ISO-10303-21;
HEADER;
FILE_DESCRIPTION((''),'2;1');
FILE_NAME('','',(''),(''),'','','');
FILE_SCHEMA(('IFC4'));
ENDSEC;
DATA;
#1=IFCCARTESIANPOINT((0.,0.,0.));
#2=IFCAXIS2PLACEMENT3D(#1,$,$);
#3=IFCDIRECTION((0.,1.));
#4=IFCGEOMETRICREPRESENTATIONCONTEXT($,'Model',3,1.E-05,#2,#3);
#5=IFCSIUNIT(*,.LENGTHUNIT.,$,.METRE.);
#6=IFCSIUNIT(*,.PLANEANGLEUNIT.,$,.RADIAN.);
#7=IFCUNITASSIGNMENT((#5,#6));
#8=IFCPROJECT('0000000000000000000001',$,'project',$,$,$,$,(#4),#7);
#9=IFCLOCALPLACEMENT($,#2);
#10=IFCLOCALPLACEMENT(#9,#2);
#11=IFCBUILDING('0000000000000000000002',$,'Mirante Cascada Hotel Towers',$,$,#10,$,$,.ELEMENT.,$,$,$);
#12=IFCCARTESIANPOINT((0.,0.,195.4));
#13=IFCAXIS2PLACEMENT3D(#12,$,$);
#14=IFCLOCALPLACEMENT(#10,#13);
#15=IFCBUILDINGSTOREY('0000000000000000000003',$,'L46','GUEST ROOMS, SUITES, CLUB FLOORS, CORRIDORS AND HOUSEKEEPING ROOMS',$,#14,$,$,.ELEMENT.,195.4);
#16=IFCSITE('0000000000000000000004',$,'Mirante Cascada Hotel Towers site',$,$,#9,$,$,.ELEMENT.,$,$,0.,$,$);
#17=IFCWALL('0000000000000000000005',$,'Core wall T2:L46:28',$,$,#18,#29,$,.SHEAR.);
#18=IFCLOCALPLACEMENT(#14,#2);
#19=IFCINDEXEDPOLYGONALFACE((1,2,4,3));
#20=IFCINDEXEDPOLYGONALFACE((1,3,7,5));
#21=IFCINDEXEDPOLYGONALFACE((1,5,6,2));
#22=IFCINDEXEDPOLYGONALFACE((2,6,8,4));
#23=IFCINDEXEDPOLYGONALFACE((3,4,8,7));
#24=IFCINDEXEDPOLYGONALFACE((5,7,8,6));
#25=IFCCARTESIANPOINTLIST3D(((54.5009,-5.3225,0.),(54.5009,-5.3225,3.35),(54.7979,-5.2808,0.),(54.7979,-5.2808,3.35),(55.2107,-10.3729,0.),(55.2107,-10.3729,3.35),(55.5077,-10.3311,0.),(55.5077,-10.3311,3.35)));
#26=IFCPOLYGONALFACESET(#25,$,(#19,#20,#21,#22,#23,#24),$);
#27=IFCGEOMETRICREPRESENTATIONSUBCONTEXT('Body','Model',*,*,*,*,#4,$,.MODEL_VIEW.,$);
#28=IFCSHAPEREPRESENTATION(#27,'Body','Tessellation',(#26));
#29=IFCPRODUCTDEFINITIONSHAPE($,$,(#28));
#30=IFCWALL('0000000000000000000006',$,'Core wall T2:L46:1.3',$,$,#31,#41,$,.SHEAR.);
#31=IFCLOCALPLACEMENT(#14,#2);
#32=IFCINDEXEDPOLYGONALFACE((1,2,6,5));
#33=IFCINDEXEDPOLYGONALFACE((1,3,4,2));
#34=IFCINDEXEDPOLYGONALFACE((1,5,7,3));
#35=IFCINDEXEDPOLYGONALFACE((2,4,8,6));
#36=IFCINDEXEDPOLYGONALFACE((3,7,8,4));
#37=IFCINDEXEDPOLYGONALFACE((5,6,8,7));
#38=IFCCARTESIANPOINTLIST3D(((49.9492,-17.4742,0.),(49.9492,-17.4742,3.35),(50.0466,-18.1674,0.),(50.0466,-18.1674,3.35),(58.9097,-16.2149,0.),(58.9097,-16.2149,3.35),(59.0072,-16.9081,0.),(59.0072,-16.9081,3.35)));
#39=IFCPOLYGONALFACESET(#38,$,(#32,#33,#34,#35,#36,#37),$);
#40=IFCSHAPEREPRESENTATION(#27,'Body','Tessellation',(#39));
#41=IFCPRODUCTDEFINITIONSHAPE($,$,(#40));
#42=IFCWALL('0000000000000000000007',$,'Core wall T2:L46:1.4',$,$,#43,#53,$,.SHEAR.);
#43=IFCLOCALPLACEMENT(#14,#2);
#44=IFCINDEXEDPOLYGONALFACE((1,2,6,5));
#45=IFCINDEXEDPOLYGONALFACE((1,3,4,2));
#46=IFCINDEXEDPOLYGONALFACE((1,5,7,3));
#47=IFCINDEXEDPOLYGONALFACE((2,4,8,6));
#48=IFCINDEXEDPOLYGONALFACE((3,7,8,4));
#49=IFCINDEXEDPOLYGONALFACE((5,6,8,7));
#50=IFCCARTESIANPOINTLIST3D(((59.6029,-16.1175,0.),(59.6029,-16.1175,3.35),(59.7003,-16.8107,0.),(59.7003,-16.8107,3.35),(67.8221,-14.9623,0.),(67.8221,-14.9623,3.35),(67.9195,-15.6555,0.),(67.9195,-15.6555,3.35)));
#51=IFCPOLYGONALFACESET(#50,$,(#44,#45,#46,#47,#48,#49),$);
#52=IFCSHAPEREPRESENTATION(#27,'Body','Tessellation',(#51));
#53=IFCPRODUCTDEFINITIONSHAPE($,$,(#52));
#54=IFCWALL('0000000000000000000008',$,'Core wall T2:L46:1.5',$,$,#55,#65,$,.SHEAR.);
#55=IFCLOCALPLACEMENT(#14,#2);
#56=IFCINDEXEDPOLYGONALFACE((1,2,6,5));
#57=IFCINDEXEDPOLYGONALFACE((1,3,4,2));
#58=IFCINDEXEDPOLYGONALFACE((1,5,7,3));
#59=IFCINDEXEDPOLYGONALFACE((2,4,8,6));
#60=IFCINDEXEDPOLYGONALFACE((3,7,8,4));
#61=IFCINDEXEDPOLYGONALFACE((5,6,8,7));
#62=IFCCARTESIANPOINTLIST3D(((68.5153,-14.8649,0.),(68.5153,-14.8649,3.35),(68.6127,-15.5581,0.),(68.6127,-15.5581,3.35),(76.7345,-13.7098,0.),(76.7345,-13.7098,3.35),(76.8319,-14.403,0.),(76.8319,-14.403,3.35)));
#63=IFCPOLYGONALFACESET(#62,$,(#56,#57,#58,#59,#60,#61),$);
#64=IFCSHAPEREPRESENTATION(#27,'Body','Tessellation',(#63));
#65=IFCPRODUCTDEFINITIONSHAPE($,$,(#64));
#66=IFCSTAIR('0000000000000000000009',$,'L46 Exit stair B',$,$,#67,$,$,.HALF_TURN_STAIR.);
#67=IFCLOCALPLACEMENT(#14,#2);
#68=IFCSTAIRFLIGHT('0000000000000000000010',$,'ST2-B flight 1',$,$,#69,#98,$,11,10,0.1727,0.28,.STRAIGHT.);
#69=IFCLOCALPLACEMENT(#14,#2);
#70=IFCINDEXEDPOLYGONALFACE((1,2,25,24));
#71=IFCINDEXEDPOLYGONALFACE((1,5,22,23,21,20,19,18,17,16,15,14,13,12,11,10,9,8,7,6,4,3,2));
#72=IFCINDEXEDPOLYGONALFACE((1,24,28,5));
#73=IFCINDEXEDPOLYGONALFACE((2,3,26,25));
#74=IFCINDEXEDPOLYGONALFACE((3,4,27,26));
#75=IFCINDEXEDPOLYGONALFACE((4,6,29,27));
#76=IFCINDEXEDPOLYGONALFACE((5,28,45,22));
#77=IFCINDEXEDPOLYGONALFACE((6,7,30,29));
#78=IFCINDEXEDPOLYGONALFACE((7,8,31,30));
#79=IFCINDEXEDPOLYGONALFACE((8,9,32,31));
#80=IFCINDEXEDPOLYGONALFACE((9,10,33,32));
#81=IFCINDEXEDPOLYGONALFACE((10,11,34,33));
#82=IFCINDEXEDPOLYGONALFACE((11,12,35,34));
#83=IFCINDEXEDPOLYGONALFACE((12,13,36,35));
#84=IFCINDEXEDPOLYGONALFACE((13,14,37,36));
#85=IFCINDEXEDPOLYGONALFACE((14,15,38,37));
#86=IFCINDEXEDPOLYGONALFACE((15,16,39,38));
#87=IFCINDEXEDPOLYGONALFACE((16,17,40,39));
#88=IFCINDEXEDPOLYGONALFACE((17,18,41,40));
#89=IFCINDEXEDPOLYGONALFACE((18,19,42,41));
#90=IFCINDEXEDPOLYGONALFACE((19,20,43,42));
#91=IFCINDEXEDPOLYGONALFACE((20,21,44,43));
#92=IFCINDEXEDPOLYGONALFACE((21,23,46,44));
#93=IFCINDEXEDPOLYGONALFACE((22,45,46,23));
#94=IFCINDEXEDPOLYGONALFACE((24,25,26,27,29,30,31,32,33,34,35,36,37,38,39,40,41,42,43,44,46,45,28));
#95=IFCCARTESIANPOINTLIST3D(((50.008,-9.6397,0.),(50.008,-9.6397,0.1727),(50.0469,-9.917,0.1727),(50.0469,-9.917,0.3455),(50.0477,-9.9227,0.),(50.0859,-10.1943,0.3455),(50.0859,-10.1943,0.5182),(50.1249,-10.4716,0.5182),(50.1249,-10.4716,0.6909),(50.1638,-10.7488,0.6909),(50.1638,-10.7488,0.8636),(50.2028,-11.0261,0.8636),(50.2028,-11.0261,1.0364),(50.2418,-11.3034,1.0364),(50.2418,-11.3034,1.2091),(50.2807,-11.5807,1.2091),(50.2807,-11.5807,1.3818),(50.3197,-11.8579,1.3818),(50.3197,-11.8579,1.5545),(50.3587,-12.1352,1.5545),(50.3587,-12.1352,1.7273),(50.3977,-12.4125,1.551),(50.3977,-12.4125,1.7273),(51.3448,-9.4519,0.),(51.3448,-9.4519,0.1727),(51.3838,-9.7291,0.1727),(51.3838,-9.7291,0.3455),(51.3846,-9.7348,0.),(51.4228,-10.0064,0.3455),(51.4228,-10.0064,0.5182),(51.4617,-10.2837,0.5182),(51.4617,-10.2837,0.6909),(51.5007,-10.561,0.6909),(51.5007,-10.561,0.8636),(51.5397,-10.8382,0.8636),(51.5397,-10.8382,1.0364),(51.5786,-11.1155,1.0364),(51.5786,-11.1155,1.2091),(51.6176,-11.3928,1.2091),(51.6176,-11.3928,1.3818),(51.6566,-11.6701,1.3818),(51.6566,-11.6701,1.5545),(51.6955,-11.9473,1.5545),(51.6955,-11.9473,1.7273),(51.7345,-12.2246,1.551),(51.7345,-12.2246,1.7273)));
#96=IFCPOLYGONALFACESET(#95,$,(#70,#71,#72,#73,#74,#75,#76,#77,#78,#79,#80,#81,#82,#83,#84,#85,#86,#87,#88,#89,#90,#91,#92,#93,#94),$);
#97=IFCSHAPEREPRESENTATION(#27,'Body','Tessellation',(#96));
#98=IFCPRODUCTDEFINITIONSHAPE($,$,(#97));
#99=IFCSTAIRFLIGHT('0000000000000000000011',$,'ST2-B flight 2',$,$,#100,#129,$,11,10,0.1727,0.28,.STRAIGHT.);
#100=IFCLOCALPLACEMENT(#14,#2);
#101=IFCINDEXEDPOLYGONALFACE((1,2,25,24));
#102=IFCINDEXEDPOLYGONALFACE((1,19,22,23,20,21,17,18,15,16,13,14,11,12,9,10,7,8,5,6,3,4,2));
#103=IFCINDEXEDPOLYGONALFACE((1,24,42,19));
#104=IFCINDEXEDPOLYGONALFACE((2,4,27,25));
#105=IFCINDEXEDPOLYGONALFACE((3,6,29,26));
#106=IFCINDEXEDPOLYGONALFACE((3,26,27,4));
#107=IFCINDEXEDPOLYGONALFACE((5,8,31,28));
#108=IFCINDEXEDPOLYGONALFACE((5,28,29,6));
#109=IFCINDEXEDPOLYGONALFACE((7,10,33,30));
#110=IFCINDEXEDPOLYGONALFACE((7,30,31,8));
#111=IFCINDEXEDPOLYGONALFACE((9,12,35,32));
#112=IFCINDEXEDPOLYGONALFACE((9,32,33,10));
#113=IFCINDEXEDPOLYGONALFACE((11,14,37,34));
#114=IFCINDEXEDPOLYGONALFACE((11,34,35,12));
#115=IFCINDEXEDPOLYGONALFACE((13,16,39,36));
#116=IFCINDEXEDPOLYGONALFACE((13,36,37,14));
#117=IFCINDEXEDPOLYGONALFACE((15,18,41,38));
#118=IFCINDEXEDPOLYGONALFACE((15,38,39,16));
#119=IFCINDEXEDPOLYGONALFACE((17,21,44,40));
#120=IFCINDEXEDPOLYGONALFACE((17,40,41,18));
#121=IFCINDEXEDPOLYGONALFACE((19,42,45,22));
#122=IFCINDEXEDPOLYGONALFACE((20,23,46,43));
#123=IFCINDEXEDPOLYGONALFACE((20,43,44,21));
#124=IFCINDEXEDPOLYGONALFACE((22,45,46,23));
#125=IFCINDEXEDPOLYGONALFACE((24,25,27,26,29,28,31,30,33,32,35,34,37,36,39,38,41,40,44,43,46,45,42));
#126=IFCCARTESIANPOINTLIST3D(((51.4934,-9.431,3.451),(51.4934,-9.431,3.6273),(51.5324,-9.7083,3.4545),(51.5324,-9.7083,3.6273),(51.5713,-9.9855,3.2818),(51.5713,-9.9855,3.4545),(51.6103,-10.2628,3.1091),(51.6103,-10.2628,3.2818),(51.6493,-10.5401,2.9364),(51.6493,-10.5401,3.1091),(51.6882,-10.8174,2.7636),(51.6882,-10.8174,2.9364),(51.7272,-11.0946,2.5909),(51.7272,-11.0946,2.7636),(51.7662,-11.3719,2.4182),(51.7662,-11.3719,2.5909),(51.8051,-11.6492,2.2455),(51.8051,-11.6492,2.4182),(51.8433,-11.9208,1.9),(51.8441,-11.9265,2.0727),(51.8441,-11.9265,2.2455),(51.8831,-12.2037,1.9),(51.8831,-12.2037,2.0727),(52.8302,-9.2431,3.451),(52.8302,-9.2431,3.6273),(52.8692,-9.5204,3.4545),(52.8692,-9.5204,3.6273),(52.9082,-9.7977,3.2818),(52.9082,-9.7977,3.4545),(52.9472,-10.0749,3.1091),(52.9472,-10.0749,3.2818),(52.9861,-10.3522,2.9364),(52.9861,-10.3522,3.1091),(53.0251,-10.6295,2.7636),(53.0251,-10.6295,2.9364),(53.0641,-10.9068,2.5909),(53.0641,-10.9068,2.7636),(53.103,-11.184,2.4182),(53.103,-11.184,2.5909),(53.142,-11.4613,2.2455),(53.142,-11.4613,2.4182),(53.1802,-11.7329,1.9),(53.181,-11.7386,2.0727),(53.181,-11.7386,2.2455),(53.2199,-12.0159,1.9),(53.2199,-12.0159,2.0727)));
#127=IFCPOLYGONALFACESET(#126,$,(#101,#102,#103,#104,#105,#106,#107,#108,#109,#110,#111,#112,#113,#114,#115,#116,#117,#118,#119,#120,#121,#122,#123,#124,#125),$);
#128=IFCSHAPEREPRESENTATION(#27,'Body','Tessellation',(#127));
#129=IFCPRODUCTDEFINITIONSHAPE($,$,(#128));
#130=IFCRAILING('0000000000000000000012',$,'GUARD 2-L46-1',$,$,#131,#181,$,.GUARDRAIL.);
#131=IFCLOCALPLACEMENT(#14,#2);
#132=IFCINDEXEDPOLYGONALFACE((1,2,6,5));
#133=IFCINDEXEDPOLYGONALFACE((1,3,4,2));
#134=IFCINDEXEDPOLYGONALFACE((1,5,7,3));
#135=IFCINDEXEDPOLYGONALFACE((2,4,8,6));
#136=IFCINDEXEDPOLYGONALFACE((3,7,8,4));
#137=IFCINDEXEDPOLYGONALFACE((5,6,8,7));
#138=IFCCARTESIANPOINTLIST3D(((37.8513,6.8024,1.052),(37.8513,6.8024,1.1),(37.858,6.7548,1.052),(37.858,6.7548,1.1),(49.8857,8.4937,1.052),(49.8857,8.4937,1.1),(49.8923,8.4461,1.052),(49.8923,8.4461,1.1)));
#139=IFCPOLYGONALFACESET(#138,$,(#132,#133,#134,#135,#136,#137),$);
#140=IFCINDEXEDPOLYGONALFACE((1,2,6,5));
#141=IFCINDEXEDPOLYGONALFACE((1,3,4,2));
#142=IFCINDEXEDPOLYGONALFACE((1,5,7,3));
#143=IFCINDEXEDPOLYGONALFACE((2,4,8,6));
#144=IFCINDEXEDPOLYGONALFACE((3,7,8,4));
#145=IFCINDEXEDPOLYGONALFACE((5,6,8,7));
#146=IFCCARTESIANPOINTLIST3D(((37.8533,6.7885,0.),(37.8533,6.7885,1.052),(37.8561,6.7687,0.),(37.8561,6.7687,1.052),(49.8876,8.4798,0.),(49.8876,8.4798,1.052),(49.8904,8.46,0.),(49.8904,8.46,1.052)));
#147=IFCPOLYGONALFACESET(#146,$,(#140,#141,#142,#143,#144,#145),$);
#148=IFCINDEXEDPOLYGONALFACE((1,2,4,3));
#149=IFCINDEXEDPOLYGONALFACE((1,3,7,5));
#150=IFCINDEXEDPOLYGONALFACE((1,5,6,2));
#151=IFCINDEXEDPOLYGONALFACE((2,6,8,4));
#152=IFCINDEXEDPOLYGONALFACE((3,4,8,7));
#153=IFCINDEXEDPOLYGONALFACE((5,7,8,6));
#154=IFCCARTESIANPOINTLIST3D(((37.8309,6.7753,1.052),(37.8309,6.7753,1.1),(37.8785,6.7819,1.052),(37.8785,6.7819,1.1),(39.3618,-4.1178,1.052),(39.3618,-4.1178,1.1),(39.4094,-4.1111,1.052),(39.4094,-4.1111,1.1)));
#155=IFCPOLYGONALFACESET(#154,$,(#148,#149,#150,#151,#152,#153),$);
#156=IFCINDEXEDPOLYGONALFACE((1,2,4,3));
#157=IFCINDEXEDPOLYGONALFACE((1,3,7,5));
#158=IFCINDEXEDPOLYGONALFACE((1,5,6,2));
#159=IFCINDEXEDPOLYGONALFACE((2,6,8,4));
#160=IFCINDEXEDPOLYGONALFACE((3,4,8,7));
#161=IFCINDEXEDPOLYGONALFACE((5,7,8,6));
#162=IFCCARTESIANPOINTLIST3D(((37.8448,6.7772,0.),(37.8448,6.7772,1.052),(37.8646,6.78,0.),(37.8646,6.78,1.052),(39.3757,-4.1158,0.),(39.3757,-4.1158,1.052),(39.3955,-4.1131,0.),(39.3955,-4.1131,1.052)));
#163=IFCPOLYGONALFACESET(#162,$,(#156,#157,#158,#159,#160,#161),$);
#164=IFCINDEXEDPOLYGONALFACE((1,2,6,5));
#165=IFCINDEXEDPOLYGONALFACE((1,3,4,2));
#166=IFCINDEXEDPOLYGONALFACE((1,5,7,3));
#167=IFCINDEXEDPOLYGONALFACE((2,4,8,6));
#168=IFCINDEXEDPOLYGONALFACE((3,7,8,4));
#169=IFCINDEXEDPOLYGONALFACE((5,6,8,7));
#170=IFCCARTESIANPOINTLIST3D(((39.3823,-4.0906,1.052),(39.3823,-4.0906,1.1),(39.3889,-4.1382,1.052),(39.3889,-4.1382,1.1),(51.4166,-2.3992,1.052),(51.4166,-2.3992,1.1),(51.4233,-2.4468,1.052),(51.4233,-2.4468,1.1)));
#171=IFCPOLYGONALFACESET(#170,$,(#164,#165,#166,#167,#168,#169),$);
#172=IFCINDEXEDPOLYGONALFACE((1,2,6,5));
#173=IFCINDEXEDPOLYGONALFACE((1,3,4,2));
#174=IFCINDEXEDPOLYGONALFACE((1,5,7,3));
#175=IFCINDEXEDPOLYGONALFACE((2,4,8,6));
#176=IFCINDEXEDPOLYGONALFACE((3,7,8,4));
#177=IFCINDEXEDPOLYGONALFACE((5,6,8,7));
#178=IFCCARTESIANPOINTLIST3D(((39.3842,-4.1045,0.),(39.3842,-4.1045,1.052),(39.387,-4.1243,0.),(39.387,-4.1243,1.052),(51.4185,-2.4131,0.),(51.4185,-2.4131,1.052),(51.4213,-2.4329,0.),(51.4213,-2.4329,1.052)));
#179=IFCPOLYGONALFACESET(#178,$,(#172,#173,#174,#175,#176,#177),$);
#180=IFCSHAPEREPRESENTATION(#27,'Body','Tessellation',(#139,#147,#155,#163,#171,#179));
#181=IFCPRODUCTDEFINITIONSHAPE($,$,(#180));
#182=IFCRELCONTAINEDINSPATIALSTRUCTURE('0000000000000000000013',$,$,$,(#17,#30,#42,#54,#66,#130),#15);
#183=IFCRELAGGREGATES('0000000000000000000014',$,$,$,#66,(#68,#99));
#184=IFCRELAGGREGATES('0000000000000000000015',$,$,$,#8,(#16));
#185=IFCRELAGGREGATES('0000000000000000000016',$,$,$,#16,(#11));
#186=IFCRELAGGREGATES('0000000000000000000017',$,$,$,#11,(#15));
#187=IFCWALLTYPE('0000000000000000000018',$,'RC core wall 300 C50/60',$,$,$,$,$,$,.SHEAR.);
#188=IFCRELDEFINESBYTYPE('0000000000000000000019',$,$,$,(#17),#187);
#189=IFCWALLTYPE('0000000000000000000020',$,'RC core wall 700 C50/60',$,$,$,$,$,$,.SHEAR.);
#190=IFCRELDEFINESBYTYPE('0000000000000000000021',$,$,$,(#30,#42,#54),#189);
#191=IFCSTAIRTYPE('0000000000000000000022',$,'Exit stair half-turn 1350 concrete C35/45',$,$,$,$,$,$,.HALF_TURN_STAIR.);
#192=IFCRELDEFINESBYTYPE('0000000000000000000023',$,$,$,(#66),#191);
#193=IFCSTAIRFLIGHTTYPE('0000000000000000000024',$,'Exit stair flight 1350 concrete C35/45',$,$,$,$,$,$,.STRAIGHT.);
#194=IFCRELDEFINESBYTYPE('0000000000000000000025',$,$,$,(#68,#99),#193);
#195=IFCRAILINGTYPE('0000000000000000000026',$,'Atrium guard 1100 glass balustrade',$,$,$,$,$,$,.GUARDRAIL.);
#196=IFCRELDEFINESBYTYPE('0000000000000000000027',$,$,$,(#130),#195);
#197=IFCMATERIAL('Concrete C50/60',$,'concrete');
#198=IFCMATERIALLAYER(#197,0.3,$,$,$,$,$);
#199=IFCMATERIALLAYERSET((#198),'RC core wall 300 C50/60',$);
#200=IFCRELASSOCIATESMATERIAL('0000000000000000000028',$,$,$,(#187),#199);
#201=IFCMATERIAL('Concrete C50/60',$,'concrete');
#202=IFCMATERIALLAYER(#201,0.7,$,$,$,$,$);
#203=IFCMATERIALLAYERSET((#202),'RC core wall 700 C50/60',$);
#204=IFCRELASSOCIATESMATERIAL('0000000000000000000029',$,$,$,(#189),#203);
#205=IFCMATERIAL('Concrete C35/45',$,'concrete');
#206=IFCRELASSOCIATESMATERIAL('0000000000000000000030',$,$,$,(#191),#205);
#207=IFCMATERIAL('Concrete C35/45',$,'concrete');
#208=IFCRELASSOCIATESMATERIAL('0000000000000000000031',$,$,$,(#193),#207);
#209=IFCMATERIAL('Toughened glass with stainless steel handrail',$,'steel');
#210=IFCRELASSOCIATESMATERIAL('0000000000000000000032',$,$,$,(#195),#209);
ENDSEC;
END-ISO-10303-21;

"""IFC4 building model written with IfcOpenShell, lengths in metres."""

from ifc_helpers import new_model, si_unit, direction, frame, frame_2d, origin, origin_2d, place, context, subcontext, project, spatial, polyline, rectangle, outline, extrude, material, layer, layer_set, type_object, element, aggregate, save


model = new_model("IFC4")

# Units and contexts
model_context = context("Model", 3, precision=1e-05, world=origin(), true_north=direction((0.0, 1.0)))
body_context = subcontext(model_context, "Body", "Model", "MODEL_VIEW")
ifc_project = project(units=[si_unit("LENGTHUNIT", "METRE"), si_unit("PLANEANGLEUNIT", "RADIAN")], contexts=[model_context])

# Site, building, storey
site_placement = place(None, origin())
site = spatial("IfcSite", under=ifc_project, at=site_placement, Name="Mirante Cascada Hotel Towers site", CompositionType="ELEMENT", RefElevation=0.0)
building_placement = place(site_placement, origin())
building = spatial("IfcBuilding", under=site, at=building_placement, Name="Mirante Cascada Hotel Towers", CompositionType="ELEMENT")
storey_placement = place(building_placement, frame((0.0, 0.0, 195.4)))
storey = spatial("IfcBuildingStorey", under=building, at=storey_placement, Name="L46", Description="GUEST ROOMS, SUITES, CLUB FLOORS, CORRIDORS AND HOUSEKEEPING ROOMS", CompositionType="ELEMENT", Elevation=195.4)

# Shared definitions
ifc_material_1 = material(Name="Concrete C50/60", Category="concrete")
ifc_layer_1 = layer(ifc_material_1, 0.3)
ifc_layer_set_1 = layer_set([ifc_layer_1], Name="RC core wall 300 C50/60")
wall_type_1 = type_object("IfcWallType", Name="RC core wall 300 C50/60", PredefinedType="SHEAR", material=ifc_layer_set_1)

# Walls
wall_1_placement = place(storey_placement, frame((55.3592, -10.352, 0.0), z_axis=(0.0, 0.0, 1.0), x_axis=(-0.139176, 0.990268, 0.0)))
element("IfcWall", 1, at=wall_1_placement, inside=storey, type_object=wall_type_1, Name="Core wall T2:L46:28", PredefinedType="SHEAR", context=body_context, shape_type="SweptSolid", body=[
    extrude(rectangle(XDim=5.1, YDim=0.3, at=frame_2d((2.55, 0.0))), origin(), (0.0, 0.0, 1.0), 3.35),
])
ifc_material_2 = material(Name="Concrete C50/60", Category="concrete")
ifc_layer_2 = layer(ifc_material_2, 0.7)
ifc_layer_set_2 = layer_set([ifc_layer_2], Name="RC core wall 700 C50/60")
wall_type_2 = type_object("IfcWallType", Name="RC core wall 700 C50/60", PredefinedType="SHEAR", material=ifc_layer_set_2)
wall_2_placement = place(storey_placement, frame((49.9979, -17.8208, 0.0), z_axis=(0.0, 0.0, 1.0), x_axis=(0.990268, 0.139171, 0.0)))
element("IfcWall", 2, at=wall_2_placement, inside=storey, type_object=wall_type_2, Name="Core wall T2:L46:1.3", PredefinedType="SHEAR", context=body_context, shape_type="SweptSolid", body=[
    extrude(rectangle(XDim=9.0486, YDim=0.7, at=frame_2d((4.5243, 0.0))), origin(), (0.0, 0.0, 1.0), 3.35),
])
for number, where, z_axis, x_axis, name in (
    (3, (59.6516, -16.4641, 0.0), (0.0, 0.0, 1.0), (0.990267, 0.139181, 0.0), "Core wall T2:L46:1.4"),
    (4, (68.564, -15.2115, 0.0), (0.0, 0.0, 1.0), (0.990269, 0.139169, 0.0), "Core wall T2:L46:1.5"),
):
    element("IfcWall", number, at=place(storey_placement, frame(where, z_axis=z_axis, x_axis=x_axis)), inside=storey, type_object=wall_type_2, Name=name, PredefinedType="SHEAR", context=body_context, shape_type="SweptSolid", body=[
        extrude(rectangle(XDim=8.3, YDim=0.7, at=frame_2d((4.15, 0.0))), origin(), (0.0, 0.0, 1.0), 3.35),
    ])

# Stair, stair flights
ifc_material_3 = material(Name="Concrete C35/45", Category="concrete")
stair_type = type_object("IfcStairType", Name="Exit stair half-turn 1350 concrete C35/45", PredefinedType="HALF_TURN_STAIR", material=ifc_material_3)
stair_placement = place(storey_placement, origin())
stair = element("IfcStair", 5, at=stair_placement, inside=storey, type_object=stair_type, Name="L46 Exit stair B", PredefinedType="HALF_TURN_STAIR")
ifc_material_4 = material(Name="Concrete C35/45", Category="concrete")
stair_flight_type = type_object("IfcStairFlightType", Name="Exit stair flight 1350 concrete C35/45", PredefinedType="STRAIGHT", material=ifc_material_4)
stair_flight_1_placement = place(storey_placement, frame((50.6764, -9.5458, 0.0), z_axis=(0.0, 0.0, 1.0), x_axis=(0.139173, -0.990268, 0.0)))
stair_flight_1 = element("IfcStairFlight", 6, at=stair_flight_1_placement, type_object=stair_flight_type, Name="ST2-B flight 1", NumberOfRisers=11, NumberOfTreads=10, PredefinedType="STRAIGHT", RiserHeight=0.1727, TreadLength=0.28, context=body_context, shape_type="SweptSolid", body=[
    extrude(outline(polyline([(0.0, 0.0), (0.0, 0.1727), (0.28, 0.1727), (0.28, 0.3455), (0.56, 0.3455), (0.56, 0.5182), (0.84, 0.5182), (0.84, 0.6909), (1.12, 0.6909), (1.12, 0.8636), (1.4, 0.8636), (1.4, 1.0364), (1.68, 1.0364), (1.68, 1.2091), (1.96, 1.2091), (1.96, 1.3818), (2.24, 1.3818), (2.24, 1.5545), (2.52, 1.5545), (2.52, 1.7273), (2.8, 1.7273), (2.8, 1.9), (2.8, 1.551), (0.2857, 0.0), (0.0, 0.0)])), frame((0.0, 0.675, 0.0), z_axis=(0.0, -1.0, 0.0), x_axis=(1.0, 0.0, 0.0)), (0.0, 0.0, 1.0), 1.35),
])
stair_flight_2_placement = place(storey_placement, frame((52.5515, -12.1098, 1.9), z_axis=(0.0, 0.0, 1.0), x_axis=(-0.139173, 0.990268, 0.0)))
stair_flight_2 = element("IfcStairFlight", 7, at=stair_flight_2_placement, type_object=stair_flight_type, Name="ST2-B flight 2", NumberOfRisers=11, NumberOfTreads=10, PredefinedType="STRAIGHT", RiserHeight=0.1727, TreadLength=0.28, context=body_context, shape_type="SweptSolid", body=[
    extrude(outline(polyline([(0.0, 0.0), (0.0, 0.1727), (0.28, 0.1727), (0.28, 0.3455), (0.56, 0.3455), (0.56, 0.5182), (0.84, 0.5182), (0.84, 0.6909), (1.12, 0.6909), (1.12, 0.8636), (1.4, 0.8636), (1.4, 1.0364), (1.68, 1.0364), (1.68, 1.2091), (1.96, 1.2091), (1.96, 1.3818), (2.24, 1.3818), (2.24, 1.5545), (2.52, 1.5545), (2.52, 1.7273), (2.8, 1.7273), (2.8, 1.9), (2.8, 1.551), (0.2857, 0.0), (0.0, 0.0)])), frame((0.0, 0.675, 0.0), z_axis=(0.0, -1.0, 0.0), x_axis=(1.0, 0.0, 0.0)), (0.0, 0.0, 1.0), 1.35),
])
aggregate(stair, [stair_flight_1, stair_flight_2])

# Railing
ifc_material_5 = material(Name="Toughened glass with stainless steel handrail", Category="steel")
railing_type_1 = type_object("IfcRailingType", Name="Atrium guard 1100 glass balustrade", PredefinedType="GUARDRAIL", material=ifc_material_5)
railing_1_placement = place(storey_placement, frame((49.889, 8.4699, 0.0)))
element("IfcRailing", 8, at=railing_1_placement, inside=storey, type_object=railing_type_1, Name="GUARD 2-L46-1", PredefinedType="GUARDRAIL", context=body_context, shape_type="SweptSolid", body=[
    extrude(rectangle(XDim=0.048, YDim=0.048, at=origin_2d()), frame((0.0, 0.0, 1.076), z_axis=(-0.990268, -0.139172, 0.0), x_axis=(0.139172, -0.990268, 0.0)), (0.0, 0.0, 1.0), 12.1526),
    extrude(rectangle(XDim=0.02, YDim=1.052, at=origin_2d()), frame((0.0, 0.0, 0.526), z_axis=(-0.990268, -0.139172, 0.0), x_axis=(0.139172, -0.990268, 0.0)), (0.0, 0.0, 1.0), 12.1526),
    extrude(rectangle(XDim=0.048, YDim=0.048, at=origin_2d()), frame((-12.0343, -1.6913, 1.076), z_axis=(0.139172, -0.990268, 0.0), x_axis=(0.990268, 0.139172, 0.0)), (0.0, 0.0, 1.0), 11.0001),
    extrude(rectangle(XDim=0.02, YDim=1.052, at=origin_2d()), frame((-12.0343, -1.6913, 0.526), z_axis=(0.139172, -0.990268, 0.0), x_axis=(0.990268, 0.139172, 0.0)), (0.0, 0.0, 1.0), 11.0001),
    extrude(rectangle(XDim=0.048, YDim=0.048, at=origin_2d()), frame((-10.5034, -12.5843, 1.076), z_axis=(0.990267, 0.13918, 0.0), x_axis=(-0.13918, 0.990267, 0.0)), (0.0, 0.0, 1.0), 12.1526),
    extrude(rectangle(XDim=0.02, YDim=1.052, at=origin_2d()), frame((-10.5034, -12.5843, 0.526), z_axis=(0.990267, 0.13918, 0.0), x_axis=(-0.13918, 0.990267, 0.0)), (0.0, 0.0, 1.0), 12.1526),
])

save(model, "model.ifc")
